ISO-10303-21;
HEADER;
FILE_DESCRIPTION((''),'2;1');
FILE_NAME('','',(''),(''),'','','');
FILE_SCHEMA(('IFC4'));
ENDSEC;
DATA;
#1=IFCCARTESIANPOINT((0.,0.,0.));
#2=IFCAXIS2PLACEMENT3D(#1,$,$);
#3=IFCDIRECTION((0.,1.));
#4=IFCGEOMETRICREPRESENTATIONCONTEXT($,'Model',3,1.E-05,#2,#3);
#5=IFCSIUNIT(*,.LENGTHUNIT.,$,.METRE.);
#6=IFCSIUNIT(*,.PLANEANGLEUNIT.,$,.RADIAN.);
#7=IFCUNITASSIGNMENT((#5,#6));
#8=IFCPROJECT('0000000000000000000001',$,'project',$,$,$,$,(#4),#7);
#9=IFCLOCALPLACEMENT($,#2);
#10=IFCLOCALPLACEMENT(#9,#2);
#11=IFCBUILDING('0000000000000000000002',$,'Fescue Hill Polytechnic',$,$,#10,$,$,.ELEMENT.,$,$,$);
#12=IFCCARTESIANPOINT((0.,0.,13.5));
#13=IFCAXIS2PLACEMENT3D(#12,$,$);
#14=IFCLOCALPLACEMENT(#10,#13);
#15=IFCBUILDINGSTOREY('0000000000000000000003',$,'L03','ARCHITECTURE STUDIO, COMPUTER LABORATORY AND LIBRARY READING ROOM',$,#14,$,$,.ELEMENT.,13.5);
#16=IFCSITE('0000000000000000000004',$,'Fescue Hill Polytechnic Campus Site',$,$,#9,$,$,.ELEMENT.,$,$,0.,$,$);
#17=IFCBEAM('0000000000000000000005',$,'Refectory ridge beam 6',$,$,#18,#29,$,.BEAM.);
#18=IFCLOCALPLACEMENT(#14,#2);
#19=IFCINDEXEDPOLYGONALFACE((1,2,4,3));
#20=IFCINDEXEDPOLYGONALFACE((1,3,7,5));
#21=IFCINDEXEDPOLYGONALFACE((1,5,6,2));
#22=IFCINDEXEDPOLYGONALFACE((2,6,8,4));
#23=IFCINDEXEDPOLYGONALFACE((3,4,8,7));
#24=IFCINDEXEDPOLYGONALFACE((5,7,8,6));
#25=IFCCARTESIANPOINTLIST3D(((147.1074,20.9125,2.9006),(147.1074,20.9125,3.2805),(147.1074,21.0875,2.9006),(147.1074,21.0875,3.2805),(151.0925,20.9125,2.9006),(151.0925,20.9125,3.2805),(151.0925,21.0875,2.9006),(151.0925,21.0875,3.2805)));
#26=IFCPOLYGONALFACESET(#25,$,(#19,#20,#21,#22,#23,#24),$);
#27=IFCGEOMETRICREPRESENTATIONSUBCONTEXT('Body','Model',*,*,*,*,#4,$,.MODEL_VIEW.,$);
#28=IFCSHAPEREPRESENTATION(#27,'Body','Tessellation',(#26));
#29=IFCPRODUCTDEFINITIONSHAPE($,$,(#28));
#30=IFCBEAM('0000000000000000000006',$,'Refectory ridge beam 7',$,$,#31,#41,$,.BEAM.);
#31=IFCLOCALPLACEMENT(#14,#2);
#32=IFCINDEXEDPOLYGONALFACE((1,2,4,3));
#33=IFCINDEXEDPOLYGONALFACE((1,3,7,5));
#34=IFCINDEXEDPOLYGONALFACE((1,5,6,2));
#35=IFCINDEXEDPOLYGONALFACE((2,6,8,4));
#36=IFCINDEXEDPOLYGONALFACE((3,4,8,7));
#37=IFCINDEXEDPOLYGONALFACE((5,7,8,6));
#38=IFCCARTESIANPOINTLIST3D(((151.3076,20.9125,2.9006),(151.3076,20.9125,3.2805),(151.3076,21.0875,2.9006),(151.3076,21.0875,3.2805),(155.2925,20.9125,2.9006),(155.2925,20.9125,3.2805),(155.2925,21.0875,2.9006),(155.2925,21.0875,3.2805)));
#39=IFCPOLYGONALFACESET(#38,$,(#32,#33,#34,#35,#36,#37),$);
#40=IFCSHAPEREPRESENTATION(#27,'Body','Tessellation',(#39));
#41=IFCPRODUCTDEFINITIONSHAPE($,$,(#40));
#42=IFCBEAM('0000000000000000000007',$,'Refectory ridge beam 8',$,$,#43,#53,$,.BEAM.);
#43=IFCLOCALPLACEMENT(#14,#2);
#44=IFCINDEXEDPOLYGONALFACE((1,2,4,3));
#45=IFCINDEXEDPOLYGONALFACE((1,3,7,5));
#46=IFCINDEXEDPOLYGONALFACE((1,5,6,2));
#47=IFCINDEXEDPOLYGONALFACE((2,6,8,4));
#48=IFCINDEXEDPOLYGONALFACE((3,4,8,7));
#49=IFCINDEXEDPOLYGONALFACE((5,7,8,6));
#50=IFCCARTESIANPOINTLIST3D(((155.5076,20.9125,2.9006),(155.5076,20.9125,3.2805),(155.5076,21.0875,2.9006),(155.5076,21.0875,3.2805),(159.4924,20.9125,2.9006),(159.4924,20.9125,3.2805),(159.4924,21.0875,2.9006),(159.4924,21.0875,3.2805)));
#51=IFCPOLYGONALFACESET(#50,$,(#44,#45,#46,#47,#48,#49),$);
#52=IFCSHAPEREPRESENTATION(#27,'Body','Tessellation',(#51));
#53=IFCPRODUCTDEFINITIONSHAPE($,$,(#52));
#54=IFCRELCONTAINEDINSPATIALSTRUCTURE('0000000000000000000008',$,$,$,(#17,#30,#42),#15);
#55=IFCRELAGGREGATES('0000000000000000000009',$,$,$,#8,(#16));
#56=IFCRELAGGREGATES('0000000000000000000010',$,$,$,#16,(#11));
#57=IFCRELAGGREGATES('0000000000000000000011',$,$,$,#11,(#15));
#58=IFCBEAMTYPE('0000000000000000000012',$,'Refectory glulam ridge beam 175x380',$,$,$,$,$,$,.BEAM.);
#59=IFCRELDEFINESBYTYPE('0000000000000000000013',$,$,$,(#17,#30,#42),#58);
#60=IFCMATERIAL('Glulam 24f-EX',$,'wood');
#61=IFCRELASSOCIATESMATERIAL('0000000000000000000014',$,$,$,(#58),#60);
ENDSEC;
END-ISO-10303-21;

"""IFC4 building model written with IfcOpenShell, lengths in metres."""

from ifc_helpers import new_model, si_unit, direction, frame, origin, origin_2d, place, context, subcontext, project, spatial, rectangle, extrude, material, material_profile, profile_set, type_object, element, save


model = new_model("IFC4")

# Units and contexts
model_context = context("Model", 3, precision=1e-05, world=origin(), true_north=direction((0.0, 1.0)))
body_context = subcontext(model_context, "Body", "Model", "MODEL_VIEW")
ifc_project = project(units=[si_unit("LENGTHUNIT", "METRE"), si_unit("PLANEANGLEUNIT", "RADIAN")], contexts=[model_context])

# Site, building, storey
site_placement = place(None, origin())
site = spatial("IfcSite", under=ifc_project, at=site_placement, Name="Fescue Hill Polytechnic Campus Site", CompositionType="ELEMENT", RefElevation=0.0)
building_placement = place(site_placement, origin())
building = spatial("IfcBuilding", under=site, at=building_placement, Name="Fescue Hill Polytechnic", CompositionType="ELEMENT")
storey_placement = place(building_placement, frame((0.0, 0.0, 13.5)))
storey = spatial("IfcBuildingStorey", under=building, at=storey_placement, Name="L03", Description="ARCHITECTURE STUDIO, COMPUTER LABORATORY AND LIBRARY READING ROOM", CompositionType="ELEMENT", Elevation=13.5)

# Shared definitions
ifc_material = material(Name="Glulam 24f-EX", Category="wood")

# Beams
ifc_material_profile_1 = material_profile(ifc_material, rectangle(XDim=0.175, YDim=0.3799, at=origin_2d()), Name="Refectory glulam ridge beam 175x380")
ifc_profile_set_1 = profile_set([ifc_material_profile_1], Name="Glulam 24f-EX")
beam_type = type_object("IfcBeamType", Name="Refectory glulam ridge beam 175x380", PredefinedType="BEAM", material=ifc_profile_set_1)
beam_placement = place(storey_placement, frame((147.1074, 21.0, 3.0906), z_axis=(1.0, 0.0, 0.0), x_axis=(0.0, 1.0, 0.0)))
element("IfcBeam", 1, at=beam_placement, inside=storey, type_object=beam_type, Name="Refectory ridge beam 6", PredefinedType="BEAM", context=body_context, shape_type="SweptSolid", body=[
    extrude(rectangle(XDim=0.175, YDim=0.3799, at=origin_2d()), origin(), (0.0, 0.0, 1.0), 3.9851),
])
for number, where, z_axis, x_axis, name in (
    (2, (151.3076, 21.0, 3.0906), (1.0, 0.0, 0.0), (0.0, 1.0, 0.0), "Refectory ridge beam 7"),
    (3, (155.5076, 21.0, 3.0906), (1.0, 0.0, 0.0), (0.0, 1.0, 0.0), "Refectory ridge beam 8"),
):
    element("IfcBeam", number, at=place(storey_placement, frame(where, z_axis=z_axis, x_axis=x_axis)), inside=storey, type_object=beam_type, Name=name, PredefinedType="BEAM", context=body_context, shape_type="SweptSolid", body=[
        extrude(rectangle(XDim=0.175, YDim=0.3799, at=origin_2d()), origin(), (0.0, 0.0, 1.0), 3.9849),
    ])

save(model, "model.ifc")
